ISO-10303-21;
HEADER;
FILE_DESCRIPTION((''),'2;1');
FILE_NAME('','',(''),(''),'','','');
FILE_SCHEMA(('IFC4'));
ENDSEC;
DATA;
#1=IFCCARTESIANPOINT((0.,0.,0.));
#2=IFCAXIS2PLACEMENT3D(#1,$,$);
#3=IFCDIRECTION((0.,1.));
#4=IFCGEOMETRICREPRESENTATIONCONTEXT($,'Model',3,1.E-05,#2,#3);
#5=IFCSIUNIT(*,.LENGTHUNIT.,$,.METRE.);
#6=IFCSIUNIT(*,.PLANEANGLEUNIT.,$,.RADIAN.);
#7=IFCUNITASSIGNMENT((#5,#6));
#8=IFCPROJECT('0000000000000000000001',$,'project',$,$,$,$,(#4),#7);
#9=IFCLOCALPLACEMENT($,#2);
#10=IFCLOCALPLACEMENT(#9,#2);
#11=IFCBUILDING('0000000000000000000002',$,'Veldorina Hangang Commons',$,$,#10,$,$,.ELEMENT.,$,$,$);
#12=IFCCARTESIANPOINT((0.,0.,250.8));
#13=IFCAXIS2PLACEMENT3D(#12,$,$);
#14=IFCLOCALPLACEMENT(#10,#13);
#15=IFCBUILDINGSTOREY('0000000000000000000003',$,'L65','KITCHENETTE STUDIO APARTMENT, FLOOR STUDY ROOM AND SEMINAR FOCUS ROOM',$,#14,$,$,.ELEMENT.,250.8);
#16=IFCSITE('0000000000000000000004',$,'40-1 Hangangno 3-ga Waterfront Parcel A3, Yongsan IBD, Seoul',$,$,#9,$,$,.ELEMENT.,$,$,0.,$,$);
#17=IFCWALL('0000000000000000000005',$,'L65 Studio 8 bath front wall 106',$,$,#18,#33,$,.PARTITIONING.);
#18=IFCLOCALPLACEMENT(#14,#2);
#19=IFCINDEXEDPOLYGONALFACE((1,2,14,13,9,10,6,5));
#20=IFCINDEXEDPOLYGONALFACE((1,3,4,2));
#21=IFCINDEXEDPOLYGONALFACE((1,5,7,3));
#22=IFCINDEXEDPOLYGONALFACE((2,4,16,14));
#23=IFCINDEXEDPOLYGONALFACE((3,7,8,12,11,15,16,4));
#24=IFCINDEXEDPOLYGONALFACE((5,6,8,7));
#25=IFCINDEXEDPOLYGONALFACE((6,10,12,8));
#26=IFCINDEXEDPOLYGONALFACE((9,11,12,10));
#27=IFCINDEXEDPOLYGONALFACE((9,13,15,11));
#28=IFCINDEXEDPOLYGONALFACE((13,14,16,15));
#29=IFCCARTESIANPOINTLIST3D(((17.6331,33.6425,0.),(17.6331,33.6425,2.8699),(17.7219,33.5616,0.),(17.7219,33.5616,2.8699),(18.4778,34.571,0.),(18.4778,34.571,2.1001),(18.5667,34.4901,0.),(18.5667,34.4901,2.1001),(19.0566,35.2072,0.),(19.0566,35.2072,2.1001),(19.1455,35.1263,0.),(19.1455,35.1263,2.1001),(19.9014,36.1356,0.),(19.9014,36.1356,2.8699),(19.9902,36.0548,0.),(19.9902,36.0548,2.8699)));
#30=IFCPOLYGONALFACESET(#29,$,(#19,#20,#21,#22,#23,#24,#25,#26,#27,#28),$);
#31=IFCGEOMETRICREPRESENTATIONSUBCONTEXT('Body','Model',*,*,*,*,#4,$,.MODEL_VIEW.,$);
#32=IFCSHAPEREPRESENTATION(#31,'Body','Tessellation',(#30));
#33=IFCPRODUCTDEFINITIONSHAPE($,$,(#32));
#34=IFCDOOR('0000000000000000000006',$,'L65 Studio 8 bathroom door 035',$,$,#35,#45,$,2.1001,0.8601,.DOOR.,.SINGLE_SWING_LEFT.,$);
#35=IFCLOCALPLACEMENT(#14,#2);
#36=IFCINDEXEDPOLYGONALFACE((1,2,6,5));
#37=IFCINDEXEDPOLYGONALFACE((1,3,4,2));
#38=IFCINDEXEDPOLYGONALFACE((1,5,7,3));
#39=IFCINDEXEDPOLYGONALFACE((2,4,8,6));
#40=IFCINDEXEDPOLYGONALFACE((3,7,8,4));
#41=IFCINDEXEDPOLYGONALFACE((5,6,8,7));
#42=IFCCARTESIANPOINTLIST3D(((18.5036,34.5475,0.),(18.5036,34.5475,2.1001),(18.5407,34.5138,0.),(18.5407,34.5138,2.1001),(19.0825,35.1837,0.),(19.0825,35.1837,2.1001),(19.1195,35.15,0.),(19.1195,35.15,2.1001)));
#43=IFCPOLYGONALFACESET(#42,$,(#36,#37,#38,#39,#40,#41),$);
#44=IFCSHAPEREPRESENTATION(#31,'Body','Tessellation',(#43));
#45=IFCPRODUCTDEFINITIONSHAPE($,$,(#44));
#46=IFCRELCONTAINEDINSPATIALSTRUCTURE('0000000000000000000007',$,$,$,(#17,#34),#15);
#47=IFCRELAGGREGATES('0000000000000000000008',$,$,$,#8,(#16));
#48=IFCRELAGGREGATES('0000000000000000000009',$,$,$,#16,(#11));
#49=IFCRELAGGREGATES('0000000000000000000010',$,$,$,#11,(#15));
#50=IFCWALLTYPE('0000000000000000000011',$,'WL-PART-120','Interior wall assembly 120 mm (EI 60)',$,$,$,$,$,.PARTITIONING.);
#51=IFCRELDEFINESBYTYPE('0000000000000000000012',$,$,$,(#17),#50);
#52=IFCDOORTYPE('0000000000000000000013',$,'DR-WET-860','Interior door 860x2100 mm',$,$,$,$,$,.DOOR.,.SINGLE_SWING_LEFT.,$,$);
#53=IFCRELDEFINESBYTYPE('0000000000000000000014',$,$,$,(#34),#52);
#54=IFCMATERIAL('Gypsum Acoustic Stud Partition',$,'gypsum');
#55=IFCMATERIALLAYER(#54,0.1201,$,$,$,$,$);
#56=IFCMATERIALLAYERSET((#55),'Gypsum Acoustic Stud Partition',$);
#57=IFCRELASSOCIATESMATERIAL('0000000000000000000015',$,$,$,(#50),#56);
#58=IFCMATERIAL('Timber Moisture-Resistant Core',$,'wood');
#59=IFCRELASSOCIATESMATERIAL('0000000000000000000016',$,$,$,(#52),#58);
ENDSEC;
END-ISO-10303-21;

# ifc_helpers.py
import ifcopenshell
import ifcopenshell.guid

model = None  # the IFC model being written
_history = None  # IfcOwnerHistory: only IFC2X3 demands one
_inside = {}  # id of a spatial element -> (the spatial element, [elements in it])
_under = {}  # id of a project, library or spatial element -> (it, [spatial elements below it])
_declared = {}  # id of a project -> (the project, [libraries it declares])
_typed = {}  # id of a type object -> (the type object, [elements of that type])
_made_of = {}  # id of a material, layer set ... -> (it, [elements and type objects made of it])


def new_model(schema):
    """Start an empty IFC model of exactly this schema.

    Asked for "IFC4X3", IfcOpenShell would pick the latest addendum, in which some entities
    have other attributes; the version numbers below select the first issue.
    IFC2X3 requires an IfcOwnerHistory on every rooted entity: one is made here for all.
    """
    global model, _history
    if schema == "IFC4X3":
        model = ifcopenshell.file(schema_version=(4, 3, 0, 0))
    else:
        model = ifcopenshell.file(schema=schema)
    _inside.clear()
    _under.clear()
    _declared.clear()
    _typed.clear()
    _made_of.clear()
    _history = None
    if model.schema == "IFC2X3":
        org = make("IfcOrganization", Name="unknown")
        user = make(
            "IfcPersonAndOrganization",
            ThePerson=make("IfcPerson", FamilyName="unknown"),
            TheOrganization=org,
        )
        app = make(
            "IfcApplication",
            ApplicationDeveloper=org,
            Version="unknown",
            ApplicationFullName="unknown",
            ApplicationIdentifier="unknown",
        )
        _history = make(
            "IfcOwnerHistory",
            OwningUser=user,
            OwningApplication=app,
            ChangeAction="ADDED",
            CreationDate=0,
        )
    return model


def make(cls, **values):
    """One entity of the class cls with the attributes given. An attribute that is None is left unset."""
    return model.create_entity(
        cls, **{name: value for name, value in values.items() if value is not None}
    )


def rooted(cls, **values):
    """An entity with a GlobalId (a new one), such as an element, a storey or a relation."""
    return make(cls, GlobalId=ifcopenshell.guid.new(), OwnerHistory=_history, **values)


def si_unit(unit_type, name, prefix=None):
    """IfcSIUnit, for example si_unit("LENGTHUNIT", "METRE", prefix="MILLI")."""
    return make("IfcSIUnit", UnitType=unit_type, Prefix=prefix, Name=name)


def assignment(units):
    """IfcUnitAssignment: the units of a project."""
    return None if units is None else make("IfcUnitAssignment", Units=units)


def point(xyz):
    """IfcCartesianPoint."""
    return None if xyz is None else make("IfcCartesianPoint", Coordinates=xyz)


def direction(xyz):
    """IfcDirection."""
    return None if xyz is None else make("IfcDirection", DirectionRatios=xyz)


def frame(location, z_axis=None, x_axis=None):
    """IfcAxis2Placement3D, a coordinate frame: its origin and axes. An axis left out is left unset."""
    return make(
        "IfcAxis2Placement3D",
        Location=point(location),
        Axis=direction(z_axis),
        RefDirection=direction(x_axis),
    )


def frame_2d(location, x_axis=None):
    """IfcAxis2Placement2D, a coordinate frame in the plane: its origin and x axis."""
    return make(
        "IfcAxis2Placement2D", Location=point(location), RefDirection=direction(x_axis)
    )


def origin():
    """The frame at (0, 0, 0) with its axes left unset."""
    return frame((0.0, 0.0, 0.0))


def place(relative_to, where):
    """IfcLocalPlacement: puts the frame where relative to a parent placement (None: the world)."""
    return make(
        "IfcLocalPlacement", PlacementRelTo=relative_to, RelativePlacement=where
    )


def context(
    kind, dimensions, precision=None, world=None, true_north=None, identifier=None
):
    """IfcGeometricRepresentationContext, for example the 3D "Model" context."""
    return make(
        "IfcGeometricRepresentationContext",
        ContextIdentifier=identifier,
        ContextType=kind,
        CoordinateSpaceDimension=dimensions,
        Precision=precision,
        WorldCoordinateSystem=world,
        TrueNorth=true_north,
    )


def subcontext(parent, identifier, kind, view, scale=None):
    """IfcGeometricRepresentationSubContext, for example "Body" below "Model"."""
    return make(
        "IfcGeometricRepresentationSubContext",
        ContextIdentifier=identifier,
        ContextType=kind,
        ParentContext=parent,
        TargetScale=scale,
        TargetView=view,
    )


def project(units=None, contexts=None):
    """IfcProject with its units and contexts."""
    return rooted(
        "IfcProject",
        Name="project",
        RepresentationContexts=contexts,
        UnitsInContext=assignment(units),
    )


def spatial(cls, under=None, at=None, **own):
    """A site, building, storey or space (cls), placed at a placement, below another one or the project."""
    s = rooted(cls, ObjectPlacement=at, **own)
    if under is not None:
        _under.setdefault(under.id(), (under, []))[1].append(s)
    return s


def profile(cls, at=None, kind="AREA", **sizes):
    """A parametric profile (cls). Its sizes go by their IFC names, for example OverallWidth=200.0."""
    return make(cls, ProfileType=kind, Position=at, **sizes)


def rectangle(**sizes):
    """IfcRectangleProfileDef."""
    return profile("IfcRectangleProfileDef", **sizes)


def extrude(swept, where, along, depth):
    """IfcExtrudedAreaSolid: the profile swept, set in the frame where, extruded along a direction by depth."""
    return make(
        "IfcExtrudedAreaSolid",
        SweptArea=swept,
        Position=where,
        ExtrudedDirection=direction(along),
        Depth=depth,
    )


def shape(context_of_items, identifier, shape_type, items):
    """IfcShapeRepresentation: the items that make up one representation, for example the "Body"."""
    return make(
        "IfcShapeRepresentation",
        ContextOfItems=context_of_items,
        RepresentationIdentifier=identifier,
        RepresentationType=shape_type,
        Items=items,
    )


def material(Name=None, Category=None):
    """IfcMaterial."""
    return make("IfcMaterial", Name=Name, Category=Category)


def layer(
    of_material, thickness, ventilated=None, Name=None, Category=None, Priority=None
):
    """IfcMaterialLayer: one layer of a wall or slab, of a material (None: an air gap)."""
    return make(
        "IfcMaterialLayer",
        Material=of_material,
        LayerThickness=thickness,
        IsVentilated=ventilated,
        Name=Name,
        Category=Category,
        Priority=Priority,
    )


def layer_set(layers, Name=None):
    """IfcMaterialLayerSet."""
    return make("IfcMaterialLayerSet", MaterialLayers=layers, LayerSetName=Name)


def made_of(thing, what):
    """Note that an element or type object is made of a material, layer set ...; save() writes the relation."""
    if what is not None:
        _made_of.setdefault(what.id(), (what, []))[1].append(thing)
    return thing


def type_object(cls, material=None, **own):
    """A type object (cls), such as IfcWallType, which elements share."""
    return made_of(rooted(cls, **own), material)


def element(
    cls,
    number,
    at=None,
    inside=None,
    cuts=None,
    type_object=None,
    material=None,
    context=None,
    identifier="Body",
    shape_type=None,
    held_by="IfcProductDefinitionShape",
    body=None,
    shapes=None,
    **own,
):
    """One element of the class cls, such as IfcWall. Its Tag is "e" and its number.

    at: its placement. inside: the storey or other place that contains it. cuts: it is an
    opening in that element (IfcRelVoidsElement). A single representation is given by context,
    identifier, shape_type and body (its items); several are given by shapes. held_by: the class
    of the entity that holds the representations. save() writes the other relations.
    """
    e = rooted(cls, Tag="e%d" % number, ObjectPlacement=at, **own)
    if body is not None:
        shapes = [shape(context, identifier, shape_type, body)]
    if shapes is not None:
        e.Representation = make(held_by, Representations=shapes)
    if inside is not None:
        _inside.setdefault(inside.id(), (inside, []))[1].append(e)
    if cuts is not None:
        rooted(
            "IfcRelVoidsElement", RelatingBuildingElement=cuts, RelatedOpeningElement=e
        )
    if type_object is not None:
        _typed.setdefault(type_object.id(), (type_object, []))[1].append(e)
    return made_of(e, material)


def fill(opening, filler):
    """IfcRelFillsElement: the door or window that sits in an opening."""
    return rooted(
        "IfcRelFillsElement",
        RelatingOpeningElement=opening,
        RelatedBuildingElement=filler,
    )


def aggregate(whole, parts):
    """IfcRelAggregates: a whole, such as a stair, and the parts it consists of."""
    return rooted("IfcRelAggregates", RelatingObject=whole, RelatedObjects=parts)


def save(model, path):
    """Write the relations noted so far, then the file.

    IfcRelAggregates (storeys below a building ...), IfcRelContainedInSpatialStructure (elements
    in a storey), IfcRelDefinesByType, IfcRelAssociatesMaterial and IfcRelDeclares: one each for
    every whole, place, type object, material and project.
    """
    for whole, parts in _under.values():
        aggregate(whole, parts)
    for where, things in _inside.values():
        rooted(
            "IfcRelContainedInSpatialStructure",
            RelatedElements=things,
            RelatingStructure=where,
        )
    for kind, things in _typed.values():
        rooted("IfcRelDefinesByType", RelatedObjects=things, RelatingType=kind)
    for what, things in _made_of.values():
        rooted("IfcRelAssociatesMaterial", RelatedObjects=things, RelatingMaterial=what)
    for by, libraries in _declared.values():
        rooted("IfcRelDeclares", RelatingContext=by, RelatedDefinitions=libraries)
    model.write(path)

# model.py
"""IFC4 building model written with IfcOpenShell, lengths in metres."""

from ifc_helpers import new_model, si_unit, direction, frame, frame_2d, origin, place, context, subcontext, project, spatial, rectangle, extrude, material, layer, layer_set, type_object, element, fill, save


model = new_model("IFC4")

# Units and contexts
model_context = context("Model", 3, precision=1e-05, world=origin(), true_north=direction((0.0, 1.0)))
body_context = subcontext(model_context, "Body", "Model", "MODEL_VIEW")
ifc_project = project(units=[si_unit("LENGTHUNIT", "METRE"), si_unit("PLANEANGLEUNIT", "RADIAN")], contexts=[model_context])

# Site, building, storey
site_placement = place(None, origin())
site = spatial("IfcSite", under=ifc_project, at=site_placement, Name="40-1 Hangangno 3-ga Waterfront Parcel A3, Yongsan IBD, Seoul", CompositionType="ELEMENT", RefElevation=0.0)
building_placement = place(site_placement, origin())
building = spatial("IfcBuilding", under=site, at=building_placement, Name="Veldorina Hangang Commons", CompositionType="ELEMENT")
storey_placement = place(building_placement, frame((0.0, 0.0, 250.8)))
storey = spatial("IfcBuildingStorey", under=building, at=storey_placement, Name="L65", Description="KITCHENETTE STUDIO APARTMENT, FLOOR STUDY ROOM AND SEMINAR FOCUS ROOM", CompositionType="ELEMENT", Elevation=250.8)

# Wall, opening, door
ifc_material_1 = material(Name="Gypsum Acoustic Stud Partition", Category="gypsum")
ifc_layer_1 = layer(ifc_material_1, 0.1201)
ifc_layer_set_1 = layer_set([ifc_layer_1], Name="Gypsum Acoustic Stud Partition")
wall_type_1 = type_object("IfcWallType", Name="WL-PART-120", Description="Interior wall assembly 120 mm (EI 60)", PredefinedType="PARTITIONING", material=ifc_layer_set_1)
wall_1_placement = place(storey_placement, frame((19.9458, 36.0952, 0.0), z_axis=(0.0, 0.0, 1.0), x_axis=(-0.672965, -0.739675, 0.0)))
wall_1 = element("IfcWall", 1, at=wall_1_placement, inside=storey, type_object=wall_type_1, Name="L65 Studio 8 bath front wall 106", PredefinedType="PARTITIONING", context=body_context, shape_type="SweptSolid", body=[
    extrude(rectangle(XDim=3.3706, YDim=0.1201, at=frame_2d((1.6853, 0.0))), origin(), (0.0, 0.0, 1.0), 2.8699),
])
opening_1_placement = place(wall_1_placement, frame((1.2551, 0.0, 0.0)))
opening_1 = element("IfcOpeningElement", 2, at=opening_1_placement, cuts=wall_1, PredefinedType="OPENING", context=body_context, shape_type="SweptSolid", body=[
    extrude(rectangle(XDim=0.8601, YDim=2.1001, at=frame_2d((0.4302, 1.05))), frame((0.0, 0.0701, 0.0), z_axis=(0.0, -1.0, 0.0), x_axis=(1.0, 0.0, 0.0)), (0.0, 0.0, 1.0), 0.1401),
])
ifc_material_2 = material(Name="Timber Moisture-Resistant Core", Category="wood")
door_type = type_object("IfcDoorType", Name="DR-WET-860", Description="Interior door 860x2100 mm", OperationType="SINGLE_SWING_LEFT", PredefinedType="DOOR", material=ifc_material_2)
door_placement = place(opening_1_placement, origin())
door = element("IfcDoor", 3, at=door_placement, inside=storey, type_object=door_type, Name="L65 Studio 8 bathroom door 035", OperationType="SINGLE_SWING_LEFT", OverallHeight=2.1001, OverallWidth=0.8601, PredefinedType="DOOR", context=body_context, shape_type="SweptSolid", body=[
    extrude(rectangle(XDim=0.8601, YDim=2.1001, at=frame_2d((0.4302, 1.05))), frame((0.0, 0.0249, 0.0), z_axis=(0.0, -1.0, 0.0), x_axis=(1.0, 0.0, 0.0)), (0.0, 0.0, 1.0), 0.05),
])
fill(opening_1, door)

save(model, "model.ifc")
